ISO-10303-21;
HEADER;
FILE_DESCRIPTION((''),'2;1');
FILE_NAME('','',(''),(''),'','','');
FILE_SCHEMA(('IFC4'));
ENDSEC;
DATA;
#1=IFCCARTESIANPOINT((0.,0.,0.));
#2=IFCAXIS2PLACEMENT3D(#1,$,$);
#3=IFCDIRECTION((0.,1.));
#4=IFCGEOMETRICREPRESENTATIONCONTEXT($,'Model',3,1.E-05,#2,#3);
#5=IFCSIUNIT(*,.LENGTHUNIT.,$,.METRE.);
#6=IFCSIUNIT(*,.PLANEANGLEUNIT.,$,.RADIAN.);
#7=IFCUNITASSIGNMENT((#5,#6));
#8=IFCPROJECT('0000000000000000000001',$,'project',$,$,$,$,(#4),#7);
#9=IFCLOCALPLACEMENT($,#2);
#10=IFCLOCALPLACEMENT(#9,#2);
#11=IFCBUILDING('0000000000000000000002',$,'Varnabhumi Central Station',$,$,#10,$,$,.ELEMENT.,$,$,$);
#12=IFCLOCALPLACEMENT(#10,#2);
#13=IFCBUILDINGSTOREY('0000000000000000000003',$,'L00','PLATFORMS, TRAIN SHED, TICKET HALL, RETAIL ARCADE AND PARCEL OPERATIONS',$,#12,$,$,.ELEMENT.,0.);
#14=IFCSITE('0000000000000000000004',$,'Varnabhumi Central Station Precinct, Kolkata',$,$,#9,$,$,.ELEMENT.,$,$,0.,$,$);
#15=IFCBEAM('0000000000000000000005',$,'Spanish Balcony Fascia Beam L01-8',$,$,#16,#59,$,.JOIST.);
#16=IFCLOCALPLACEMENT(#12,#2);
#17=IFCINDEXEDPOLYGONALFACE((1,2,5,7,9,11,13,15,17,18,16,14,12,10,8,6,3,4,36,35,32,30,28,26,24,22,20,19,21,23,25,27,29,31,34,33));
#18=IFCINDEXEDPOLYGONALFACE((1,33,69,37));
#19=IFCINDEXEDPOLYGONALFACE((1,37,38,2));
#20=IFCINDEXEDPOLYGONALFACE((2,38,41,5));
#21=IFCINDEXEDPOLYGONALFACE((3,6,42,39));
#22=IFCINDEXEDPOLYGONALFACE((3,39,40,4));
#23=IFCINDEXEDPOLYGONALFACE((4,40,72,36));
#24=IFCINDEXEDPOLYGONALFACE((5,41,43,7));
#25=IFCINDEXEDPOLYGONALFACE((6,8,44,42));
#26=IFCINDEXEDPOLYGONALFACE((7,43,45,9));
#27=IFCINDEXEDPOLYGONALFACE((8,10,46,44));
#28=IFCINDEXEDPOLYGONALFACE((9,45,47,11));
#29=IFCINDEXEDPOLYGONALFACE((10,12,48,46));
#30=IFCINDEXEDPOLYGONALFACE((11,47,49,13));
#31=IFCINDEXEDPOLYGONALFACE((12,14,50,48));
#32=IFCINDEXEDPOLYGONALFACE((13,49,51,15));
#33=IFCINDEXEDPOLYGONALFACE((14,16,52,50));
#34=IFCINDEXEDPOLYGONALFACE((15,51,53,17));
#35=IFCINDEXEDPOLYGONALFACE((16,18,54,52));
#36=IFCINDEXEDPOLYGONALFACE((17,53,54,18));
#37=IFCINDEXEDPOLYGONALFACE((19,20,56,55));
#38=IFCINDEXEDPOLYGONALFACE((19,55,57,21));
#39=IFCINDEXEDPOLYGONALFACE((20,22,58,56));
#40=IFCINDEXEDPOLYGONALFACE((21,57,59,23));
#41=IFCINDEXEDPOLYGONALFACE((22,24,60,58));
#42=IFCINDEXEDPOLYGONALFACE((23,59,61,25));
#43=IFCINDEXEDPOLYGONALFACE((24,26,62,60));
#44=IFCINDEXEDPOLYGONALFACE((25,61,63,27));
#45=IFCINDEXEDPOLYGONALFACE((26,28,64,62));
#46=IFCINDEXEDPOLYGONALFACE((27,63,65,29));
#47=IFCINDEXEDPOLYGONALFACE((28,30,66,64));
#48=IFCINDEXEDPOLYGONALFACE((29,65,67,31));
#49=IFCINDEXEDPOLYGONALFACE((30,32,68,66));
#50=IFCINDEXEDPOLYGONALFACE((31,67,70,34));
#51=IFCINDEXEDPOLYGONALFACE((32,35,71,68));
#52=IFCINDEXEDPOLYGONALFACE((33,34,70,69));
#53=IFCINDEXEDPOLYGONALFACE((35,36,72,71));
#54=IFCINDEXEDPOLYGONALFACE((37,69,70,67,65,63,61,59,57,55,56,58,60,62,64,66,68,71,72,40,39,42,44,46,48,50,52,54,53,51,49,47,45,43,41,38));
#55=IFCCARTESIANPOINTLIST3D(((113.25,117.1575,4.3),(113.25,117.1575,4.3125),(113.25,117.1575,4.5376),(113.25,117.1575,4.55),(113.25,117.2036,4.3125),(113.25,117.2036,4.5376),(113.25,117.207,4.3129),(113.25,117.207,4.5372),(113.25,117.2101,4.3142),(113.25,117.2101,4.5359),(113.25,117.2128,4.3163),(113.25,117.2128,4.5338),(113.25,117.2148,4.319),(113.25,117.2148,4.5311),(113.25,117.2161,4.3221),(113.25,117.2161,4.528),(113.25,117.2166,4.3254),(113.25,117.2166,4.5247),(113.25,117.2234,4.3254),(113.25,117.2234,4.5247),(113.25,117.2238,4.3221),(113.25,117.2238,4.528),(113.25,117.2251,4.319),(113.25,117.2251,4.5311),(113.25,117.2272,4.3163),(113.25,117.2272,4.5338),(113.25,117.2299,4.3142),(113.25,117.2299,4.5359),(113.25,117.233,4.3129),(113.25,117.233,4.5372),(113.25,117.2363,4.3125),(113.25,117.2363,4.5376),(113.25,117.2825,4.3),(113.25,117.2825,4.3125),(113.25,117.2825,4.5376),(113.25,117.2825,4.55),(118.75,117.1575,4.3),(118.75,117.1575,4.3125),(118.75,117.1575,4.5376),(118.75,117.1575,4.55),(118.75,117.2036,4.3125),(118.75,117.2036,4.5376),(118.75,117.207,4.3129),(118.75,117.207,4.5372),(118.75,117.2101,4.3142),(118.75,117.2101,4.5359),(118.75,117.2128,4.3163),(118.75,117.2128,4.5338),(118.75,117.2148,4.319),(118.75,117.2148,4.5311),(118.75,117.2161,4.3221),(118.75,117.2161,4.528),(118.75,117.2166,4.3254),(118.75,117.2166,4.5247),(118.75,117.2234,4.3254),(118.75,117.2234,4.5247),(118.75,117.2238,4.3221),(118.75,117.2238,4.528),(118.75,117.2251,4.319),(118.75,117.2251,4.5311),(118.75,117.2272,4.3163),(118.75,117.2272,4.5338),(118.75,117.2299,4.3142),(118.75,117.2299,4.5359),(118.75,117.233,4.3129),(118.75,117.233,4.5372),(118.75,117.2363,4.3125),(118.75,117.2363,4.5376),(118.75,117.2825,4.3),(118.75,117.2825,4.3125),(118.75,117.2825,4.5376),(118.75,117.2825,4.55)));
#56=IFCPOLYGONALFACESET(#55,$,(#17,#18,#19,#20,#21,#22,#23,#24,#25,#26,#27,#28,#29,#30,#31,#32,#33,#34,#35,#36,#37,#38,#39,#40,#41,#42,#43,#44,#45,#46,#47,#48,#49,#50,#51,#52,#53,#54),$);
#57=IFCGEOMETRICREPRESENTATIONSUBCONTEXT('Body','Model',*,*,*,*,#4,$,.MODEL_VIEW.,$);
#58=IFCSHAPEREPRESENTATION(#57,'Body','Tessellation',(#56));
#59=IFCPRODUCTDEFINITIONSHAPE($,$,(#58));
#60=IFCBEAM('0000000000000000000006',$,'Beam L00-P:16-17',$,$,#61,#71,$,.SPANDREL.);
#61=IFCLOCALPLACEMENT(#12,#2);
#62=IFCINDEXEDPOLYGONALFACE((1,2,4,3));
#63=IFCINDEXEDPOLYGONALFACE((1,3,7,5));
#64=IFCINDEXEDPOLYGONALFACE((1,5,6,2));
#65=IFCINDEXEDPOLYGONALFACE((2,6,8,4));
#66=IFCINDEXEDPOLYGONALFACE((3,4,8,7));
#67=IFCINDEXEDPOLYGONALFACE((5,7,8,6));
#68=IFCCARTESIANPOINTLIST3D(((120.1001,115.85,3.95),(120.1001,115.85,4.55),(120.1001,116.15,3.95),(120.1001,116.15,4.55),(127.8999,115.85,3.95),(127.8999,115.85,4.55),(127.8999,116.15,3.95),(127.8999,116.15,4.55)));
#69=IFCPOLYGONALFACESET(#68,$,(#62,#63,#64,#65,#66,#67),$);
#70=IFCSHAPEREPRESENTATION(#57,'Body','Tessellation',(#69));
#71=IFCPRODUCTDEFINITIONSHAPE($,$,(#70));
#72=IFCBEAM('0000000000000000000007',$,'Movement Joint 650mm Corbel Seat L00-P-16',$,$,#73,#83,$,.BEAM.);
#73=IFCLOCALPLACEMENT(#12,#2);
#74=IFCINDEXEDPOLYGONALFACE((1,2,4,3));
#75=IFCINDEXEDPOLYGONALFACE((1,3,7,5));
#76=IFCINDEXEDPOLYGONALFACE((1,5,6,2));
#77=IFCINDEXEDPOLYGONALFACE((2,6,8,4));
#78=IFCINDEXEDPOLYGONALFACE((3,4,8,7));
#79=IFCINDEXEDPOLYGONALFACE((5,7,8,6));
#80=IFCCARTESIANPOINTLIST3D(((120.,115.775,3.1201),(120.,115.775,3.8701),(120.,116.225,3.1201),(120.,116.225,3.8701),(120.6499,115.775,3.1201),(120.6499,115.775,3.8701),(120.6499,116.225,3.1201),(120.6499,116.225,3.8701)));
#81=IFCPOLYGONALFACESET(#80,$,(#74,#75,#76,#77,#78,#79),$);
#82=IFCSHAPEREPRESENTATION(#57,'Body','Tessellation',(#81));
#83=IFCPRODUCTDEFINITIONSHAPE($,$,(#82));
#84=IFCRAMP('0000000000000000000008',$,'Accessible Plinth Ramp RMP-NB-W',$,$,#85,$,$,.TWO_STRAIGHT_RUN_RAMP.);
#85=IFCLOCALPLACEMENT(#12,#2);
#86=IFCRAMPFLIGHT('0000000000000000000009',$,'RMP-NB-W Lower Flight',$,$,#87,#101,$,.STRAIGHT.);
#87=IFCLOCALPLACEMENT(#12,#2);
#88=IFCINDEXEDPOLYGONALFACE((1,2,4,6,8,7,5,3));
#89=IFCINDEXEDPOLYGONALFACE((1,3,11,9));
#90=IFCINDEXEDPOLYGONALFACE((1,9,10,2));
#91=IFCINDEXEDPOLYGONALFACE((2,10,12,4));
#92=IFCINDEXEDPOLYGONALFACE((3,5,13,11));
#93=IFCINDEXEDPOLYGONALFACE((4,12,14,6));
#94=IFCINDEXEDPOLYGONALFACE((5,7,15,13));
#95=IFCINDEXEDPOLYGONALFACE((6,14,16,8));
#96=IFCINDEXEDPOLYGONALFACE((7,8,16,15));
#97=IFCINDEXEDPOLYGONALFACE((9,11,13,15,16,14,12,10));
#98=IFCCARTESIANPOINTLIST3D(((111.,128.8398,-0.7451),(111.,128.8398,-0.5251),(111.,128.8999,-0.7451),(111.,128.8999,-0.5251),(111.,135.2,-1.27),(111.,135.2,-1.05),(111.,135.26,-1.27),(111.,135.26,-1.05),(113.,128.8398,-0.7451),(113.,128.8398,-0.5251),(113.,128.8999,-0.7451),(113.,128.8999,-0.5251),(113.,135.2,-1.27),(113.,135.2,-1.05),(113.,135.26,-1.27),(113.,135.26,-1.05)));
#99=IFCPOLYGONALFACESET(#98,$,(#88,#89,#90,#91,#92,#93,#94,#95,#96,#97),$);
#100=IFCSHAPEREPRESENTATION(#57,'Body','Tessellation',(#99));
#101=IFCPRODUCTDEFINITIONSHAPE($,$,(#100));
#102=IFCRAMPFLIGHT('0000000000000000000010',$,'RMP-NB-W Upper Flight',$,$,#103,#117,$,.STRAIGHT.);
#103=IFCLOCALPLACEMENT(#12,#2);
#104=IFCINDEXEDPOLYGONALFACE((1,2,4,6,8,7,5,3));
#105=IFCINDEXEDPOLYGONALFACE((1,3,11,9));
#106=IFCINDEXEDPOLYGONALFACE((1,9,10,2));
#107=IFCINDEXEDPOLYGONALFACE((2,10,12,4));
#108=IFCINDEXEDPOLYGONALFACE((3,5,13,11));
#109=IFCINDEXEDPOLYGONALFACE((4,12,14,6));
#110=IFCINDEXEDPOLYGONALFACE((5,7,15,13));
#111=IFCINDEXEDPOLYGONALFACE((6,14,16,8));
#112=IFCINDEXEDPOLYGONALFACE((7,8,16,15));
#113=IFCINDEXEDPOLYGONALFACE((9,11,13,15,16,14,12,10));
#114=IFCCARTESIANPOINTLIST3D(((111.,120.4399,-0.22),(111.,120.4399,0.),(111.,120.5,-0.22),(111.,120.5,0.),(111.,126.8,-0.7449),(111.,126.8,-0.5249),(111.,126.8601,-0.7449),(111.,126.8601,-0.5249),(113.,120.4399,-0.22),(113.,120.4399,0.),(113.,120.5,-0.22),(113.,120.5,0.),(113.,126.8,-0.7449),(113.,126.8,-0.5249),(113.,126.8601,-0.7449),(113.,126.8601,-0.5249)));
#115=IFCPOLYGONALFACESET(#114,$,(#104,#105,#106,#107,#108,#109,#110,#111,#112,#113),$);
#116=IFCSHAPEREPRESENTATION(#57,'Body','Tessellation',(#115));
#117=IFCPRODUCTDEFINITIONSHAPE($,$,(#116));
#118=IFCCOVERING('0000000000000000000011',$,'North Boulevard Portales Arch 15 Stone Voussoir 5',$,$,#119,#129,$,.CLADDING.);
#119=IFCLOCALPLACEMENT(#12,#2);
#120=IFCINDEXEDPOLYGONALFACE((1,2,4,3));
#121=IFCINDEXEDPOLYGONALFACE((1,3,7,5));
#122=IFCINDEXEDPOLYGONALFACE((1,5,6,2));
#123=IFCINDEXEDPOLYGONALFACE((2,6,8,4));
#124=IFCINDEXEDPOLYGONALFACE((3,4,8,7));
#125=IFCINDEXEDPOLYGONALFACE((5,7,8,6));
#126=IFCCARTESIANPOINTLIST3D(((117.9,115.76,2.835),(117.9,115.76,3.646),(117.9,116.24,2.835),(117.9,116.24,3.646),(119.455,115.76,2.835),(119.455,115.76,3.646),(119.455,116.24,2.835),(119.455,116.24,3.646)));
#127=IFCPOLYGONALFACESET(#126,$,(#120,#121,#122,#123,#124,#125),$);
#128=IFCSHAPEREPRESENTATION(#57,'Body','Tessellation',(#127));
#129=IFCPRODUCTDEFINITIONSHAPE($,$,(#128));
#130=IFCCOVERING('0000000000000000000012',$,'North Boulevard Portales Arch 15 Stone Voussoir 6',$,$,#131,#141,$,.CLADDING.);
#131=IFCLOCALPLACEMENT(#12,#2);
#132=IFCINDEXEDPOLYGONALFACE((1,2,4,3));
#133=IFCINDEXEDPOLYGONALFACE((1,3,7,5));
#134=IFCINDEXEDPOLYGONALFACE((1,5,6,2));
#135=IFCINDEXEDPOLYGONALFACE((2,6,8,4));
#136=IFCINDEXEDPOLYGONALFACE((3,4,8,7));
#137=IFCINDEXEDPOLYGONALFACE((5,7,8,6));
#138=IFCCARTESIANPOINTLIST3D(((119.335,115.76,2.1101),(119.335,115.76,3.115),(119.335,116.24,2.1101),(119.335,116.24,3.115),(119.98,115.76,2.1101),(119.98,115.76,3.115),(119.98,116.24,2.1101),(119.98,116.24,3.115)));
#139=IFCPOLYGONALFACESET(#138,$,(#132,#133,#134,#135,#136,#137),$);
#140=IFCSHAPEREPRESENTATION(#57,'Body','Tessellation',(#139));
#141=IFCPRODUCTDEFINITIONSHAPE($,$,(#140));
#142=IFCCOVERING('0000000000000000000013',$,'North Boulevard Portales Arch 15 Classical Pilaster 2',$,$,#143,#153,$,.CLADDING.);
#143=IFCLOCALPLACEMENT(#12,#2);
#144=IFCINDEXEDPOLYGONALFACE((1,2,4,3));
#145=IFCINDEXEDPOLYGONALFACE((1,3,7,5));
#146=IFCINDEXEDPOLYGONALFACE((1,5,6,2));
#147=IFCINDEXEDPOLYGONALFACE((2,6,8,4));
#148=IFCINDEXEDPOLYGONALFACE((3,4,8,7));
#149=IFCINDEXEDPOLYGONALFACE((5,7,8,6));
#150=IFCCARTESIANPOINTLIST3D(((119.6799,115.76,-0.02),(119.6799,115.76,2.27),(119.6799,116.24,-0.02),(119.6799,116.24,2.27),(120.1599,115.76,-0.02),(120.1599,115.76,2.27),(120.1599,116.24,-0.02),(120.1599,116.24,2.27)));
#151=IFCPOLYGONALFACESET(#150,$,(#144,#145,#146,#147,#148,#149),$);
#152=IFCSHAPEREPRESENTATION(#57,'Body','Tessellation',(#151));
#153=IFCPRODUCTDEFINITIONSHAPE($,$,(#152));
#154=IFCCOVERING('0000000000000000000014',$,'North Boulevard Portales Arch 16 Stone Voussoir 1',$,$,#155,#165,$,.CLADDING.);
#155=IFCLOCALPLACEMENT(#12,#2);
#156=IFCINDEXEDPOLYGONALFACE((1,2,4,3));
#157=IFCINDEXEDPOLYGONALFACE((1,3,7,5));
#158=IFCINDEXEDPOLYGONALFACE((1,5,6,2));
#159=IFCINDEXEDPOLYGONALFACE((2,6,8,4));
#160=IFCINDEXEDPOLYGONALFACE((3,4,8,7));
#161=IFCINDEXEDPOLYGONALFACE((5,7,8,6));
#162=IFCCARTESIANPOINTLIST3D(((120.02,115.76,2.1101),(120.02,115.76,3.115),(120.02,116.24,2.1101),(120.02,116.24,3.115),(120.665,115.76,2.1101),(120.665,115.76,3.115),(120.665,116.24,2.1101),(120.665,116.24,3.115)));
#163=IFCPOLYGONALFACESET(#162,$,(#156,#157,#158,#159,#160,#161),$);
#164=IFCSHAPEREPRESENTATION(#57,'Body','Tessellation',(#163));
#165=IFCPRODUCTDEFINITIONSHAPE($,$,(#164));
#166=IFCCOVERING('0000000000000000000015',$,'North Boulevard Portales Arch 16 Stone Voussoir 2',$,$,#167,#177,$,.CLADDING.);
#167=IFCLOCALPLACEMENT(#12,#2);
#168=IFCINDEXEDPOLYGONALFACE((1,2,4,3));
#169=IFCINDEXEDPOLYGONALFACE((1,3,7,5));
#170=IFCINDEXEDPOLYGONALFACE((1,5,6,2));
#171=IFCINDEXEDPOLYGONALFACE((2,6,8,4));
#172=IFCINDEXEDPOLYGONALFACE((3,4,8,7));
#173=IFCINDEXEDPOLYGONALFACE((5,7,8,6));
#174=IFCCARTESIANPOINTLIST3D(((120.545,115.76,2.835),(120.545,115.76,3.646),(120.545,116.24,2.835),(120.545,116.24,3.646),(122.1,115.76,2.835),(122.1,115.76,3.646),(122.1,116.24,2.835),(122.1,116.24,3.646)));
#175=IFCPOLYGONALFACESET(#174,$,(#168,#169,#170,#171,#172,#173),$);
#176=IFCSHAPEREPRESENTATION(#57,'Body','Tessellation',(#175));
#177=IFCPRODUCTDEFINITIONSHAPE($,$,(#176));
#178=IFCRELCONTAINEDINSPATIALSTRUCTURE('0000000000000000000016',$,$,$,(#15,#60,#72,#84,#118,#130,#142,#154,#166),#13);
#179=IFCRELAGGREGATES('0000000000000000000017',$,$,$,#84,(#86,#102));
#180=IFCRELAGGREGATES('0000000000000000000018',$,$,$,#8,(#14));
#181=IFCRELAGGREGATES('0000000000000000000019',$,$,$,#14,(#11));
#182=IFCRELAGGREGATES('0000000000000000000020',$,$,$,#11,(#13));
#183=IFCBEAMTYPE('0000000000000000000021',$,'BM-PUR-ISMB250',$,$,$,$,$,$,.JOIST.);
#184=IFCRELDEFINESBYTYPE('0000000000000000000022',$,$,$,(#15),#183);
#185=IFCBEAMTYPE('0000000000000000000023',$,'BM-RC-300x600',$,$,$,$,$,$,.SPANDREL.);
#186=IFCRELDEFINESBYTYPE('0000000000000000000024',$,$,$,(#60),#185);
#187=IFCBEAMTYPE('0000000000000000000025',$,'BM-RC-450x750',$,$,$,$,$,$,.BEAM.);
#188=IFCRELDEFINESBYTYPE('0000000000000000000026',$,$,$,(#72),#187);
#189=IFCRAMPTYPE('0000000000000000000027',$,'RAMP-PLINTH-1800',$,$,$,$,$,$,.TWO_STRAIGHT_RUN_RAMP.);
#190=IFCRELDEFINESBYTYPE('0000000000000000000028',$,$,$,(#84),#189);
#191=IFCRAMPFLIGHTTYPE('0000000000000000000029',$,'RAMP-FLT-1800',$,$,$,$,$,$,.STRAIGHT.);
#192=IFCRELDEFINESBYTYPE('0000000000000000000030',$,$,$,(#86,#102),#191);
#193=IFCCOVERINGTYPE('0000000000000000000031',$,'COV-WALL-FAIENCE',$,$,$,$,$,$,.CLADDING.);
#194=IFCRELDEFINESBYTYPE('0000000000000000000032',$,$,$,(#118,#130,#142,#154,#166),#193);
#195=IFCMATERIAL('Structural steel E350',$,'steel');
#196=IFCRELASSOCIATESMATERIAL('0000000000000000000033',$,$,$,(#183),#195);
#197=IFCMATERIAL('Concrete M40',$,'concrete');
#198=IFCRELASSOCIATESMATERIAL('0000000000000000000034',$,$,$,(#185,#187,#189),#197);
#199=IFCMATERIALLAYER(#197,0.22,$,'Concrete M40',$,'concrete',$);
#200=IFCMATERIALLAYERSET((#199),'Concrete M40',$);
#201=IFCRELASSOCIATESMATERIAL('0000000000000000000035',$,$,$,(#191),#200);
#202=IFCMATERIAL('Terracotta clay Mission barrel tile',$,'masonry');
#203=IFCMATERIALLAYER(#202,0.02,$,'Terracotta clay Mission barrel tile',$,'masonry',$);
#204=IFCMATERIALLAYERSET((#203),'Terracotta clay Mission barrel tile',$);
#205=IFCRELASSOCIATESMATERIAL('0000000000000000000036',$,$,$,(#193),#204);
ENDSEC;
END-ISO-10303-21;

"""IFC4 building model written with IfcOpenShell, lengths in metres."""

from ifc_helpers import new_model, si_unit, direction, frame, origin, origin_2d, place, context, subcontext, project, spatial, polyline, rectangle, i_section, outline, extrude, material, layer, layer_set, material_profile, profile_set, type_object, element, aggregate, save


model = new_model("IFC4")

# Units and contexts
model_context = context("Model", 3, precision=1e-05, world=origin(), true_north=direction((0.0, 1.0)))
body_context = subcontext(model_context, "Body", "Model", "MODEL_VIEW")
ifc_project = project(units=[si_unit("LENGTHUNIT", "METRE"), si_unit("PLANEANGLEUNIT", "RADIAN")], contexts=[model_context])

# Site, building, storey
site_placement = place(None, origin())
site = spatial("IfcSite", under=ifc_project, at=site_placement, Name="Varnabhumi Central Station Precinct, Kolkata", CompositionType="ELEMENT", RefElevation=0.0)
building_placement = place(site_placement, origin())
building = spatial("IfcBuilding", under=site, at=building_placement, Name="Varnabhumi Central Station", CompositionType="ELEMENT")
storey_placement = place(building_placement, origin())
storey = spatial("IfcBuildingStorey", under=building, at=storey_placement, Name="L00", Description="PLATFORMS, TRAIN SHED, TICKET HALL, RETAIL ARCADE AND PARCEL OPERATIONS", CompositionType="ELEMENT", Elevation=0.0)

# Shared definitions
ifc_material_1 = material(Name="Concrete M40", Category="concrete")

# Shared definitions
ifc_material_2 = material(Name="Structural steel E350", Category="steel")

# Beams
ifc_material_profile_1 = material_profile(ifc_material_2, i_section(OverallWidth=0.125, OverallDepth=0.25, WebThickness=0.0068, FlangeThickness=0.0125, FilletRadius=0.0129, at=origin_2d()), Name="Structural steel E350", Category="steel")
ifc_profile_set_1 = profile_set([ifc_material_profile_1], Name="Structural steel E350")
beam_type_1 = type_object("IfcBeamType", Name="BM-PUR-ISMB250", PredefinedType="JOIST", material=ifc_profile_set_1)
beam_1_placement = place(storey_placement, frame((113.25, 117.22, 4.425), z_axis=(1.0, 0.0, 0.0), x_axis=(0.0, 1.0, 0.0)))
element("IfcBeam", 1, at=beam_1_placement, inside=storey, type_object=beam_type_1, Name="Spanish Balcony Fascia Beam L01-8", PredefinedType="JOIST", context=body_context, shape_type="SweptSolid", body=[
    extrude(i_section(OverallWidth=0.125, OverallDepth=0.25, WebThickness=0.0068, FlangeThickness=0.0125, FilletRadius=0.0129, at=origin_2d()), origin(), (0.0, 0.0, 1.0), 5.5),
])
ifc_material_profile_2 = material_profile(ifc_material_1, rectangle(XDim=0.3, YDim=0.6001, at=origin_2d()), Name="Concrete M40", Category="concrete")
ifc_profile_set_2 = profile_set([ifc_material_profile_2], Name="Concrete M40")
beam_type_2 = type_object("IfcBeamType", Name="BM-RC-300x600", PredefinedType="SPANDREL", material=ifc_profile_set_2)
beam_2_placement = place(storey_placement, frame((120.1001, 116.0, 4.25), z_axis=(1.0, 0.0, 0.0), x_axis=(0.0, 1.0, 0.0)))
element("IfcBeam", 2, at=beam_2_placement, inside=storey, type_object=beam_type_2, Name="Beam L00-P:16-17", PredefinedType="SPANDREL", context=body_context, shape_type="SweptSolid", body=[
    extrude(rectangle(XDim=0.3, YDim=0.6001, at=origin_2d()), origin(), (0.0, 0.0, 1.0), 7.7998),
])
ifc_material_profile_3 = material_profile(ifc_material_1, rectangle(XDim=0.45, YDim=0.75, at=origin_2d()), Name="Concrete M40", Category="concrete")
ifc_profile_set_3 = profile_set([ifc_material_profile_3], Name="Concrete M40")
beam_type_3 = type_object("IfcBeamType", Name="BM-RC-450x750", PredefinedType="BEAM", material=ifc_profile_set_3)
beam_3_placement = place(storey_placement, frame((120.0, 116.0, 3.4951), z_axis=(1.0, 0.0, 0.0), x_axis=(0.0, 1.0, 0.0)))
element("IfcBeam", 3, at=beam_3_placement, inside=storey, type_object=beam_type_3, Name="Movement Joint 650mm Corbel Seat L00-P-16", PredefinedType="BEAM", context=body_context, shape_type="SweptSolid", body=[
    extrude(rectangle(XDim=0.45, YDim=0.75, at=origin_2d()), origin(), (0.0, 0.0, 1.0), 0.6499),
])

# Ramp, ramp flights
ramp_type = type_object("IfcRampType", Name="RAMP-PLINTH-1800", PredefinedType="TWO_STRAIGHT_RUN_RAMP", material=ifc_material_1)
ramp_placement = place(storey_placement, origin())
ramp = element("IfcRamp", 4, at=ramp_placement, inside=storey, type_object=ramp_type, Name="Accessible Plinth Ramp RMP-NB-W", PredefinedType="TWO_STRAIGHT_RUN_RAMP")
ifc_layer_1 = layer(ifc_material_1, 0.22, Name="Concrete M40", Category="concrete")
ifc_layer_set_1 = layer_set([ifc_layer_1], Name="Concrete M40")
ramp_flight_type = type_object("IfcRampFlightType", Name="RAMP-FLT-1800", PredefinedType="STRAIGHT", material=ifc_layer_set_1)
ramp_flight_1_placement = place(storey_placement, frame((112.0, 135.2, -1.05), z_axis=(0.0, 0.0, 1.0), x_axis=(0.0, -1.0, 0.0)))
ramp_flight_1 = element("IfcRampFlight", 5, at=ramp_flight_1_placement, type_object=ramp_flight_type, Name="RMP-NB-W Lower Flight", PredefinedType="STRAIGHT", context=body_context, shape_type="SweptSolid", body=[
    extrude(outline(polyline([(-0.0601, 0.0), (0.0, 0.0), (6.3, 0.5249), (6.3601, 0.5249), (6.3601, 0.3049), (6.3, 0.3049), (0.0, -0.22), (-0.0601, -0.22), (-0.0601, 0.0)])), frame((0.0, 1.0, 0.0), z_axis=(0.0, -1.0, 0.0), x_axis=(1.0, 0.0, 0.0)), (0.0, 0.0, 1.0), 2.0),
])
ramp_flight_2_placement = place(storey_placement, frame((112.0, 126.8, -0.5249), z_axis=(0.0, 0.0, 1.0), x_axis=(0.0, -1.0, 0.0)))
ramp_flight_2 = element("IfcRampFlight", 6, at=ramp_flight_2_placement, type_object=ramp_flight_type, Name="RMP-NB-W Upper Flight", PredefinedType="STRAIGHT", context=body_context, shape_type="SweptSolid", body=[
    extrude(outline(polyline([(-0.0601, 0.0), (0.0, 0.0), (6.3, 0.5249), (6.3601, 0.5249), (6.3601, 0.3049), (6.3, 0.3049), (0.0, -0.22), (-0.0601, -0.22), (-0.0601, 0.0)])), frame((0.0, 1.0, 0.0), z_axis=(0.0, -1.0, 0.0), x_axis=(1.0, 0.0, 0.0)), (0.0, 0.0, 1.0), 2.0),
])
aggregate(ramp, [ramp_flight_1, ramp_flight_2])

# Coverings
ifc_material_3 = material(Name="Terracotta clay Mission barrel tile", Category="masonry")
ifc_layer_2 = layer(ifc_material_3, 0.02, Name="Terracotta clay Mission barrel tile", Category="masonry")
ifc_layer_set_2 = layer_set([ifc_layer_2], Name="Terracotta clay Mission barrel tile")
covering_type = type_object("IfcCoveringType", Name="COV-WALL-FAIENCE", PredefinedType="CLADDING", material=ifc_layer_set_2)
covering_1_placement = place(storey_placement, frame((118.6775, 116.0, 2.835), z_axis=(0.0, 0.0, 1.0), x_axis=(1.0, 0.0, 0.0)))
element("IfcCovering", 7, at=covering_1_placement, inside=storey, type_object=covering_type, Name="North Boulevard Portales Arch 15 Stone Voussoir 5", PredefinedType="CLADDING", context=body_context, shape_type="SweptSolid", body=[
    extrude(rectangle(XDim=1.5549, YDim=0.48, at=origin_2d()), origin(), (0.0, 0.0, 1.0), 0.811),
])
covering_2_placement = place(storey_placement, frame((119.6575, 116.0, 2.1101), z_axis=(0.0, 0.0, 1.0), x_axis=(1.0, 0.0, 0.0)))
element("IfcCovering", 8, at=covering_2_placement, inside=storey, type_object=covering_type, Name="North Boulevard Portales Arch 15 Stone Voussoir 6", PredefinedType="CLADDING", context=body_context, shape_type="SweptSolid", body=[
    extrude(rectangle(XDim=0.645, YDim=0.48, at=origin_2d()), origin(), (0.0, 0.0, 1.0), 1.0049),
])
covering_3_placement = place(storey_placement, frame((119.9199, 116.0, -0.02), z_axis=(0.0, 0.0, 1.0), x_axis=(1.0, 0.0, 0.0)))
element("IfcCovering", 9, at=covering_3_placement, inside=storey, type_object=covering_type, Name="North Boulevard Portales Arch 15 Classical Pilaster 2", PredefinedType="CLADDING", context=body_context, shape_type="SweptSolid", body=[
    extrude(rectangle(XDim=0.48, YDim=0.48, at=origin_2d()), origin(), (0.0, 0.0, 1.0), 2.29),
])
covering_4_placement = place(storey_placement, frame((120.3425, 116.0, 2.1101), z_axis=(0.0, 0.0, 1.0), x_axis=(1.0, 0.0, 0.0)))
element("IfcCovering", 10, at=covering_4_placement, inside=storey, type_object=covering_type, Name="North Boulevard Portales Arch 16 Stone Voussoir 1", PredefinedType="CLADDING", context=body_context, shape_type="SweptSolid", body=[
    extrude(rectangle(XDim=0.645, YDim=0.48, at=origin_2d()), origin(), (0.0, 0.0, 1.0), 1.0049),
])
covering_5_placement = place(storey_placement, frame((121.3225, 116.0, 2.835), z_axis=(0.0, 0.0, 1.0), x_axis=(1.0, 0.0, 0.0)))
element("IfcCovering", 11, at=covering_5_placement, inside=storey, type_object=covering_type, Name="North Boulevard Portales Arch 16 Stone Voussoir 2", PredefinedType="CLADDING", context=body_context, shape_type="SweptSolid", body=[
    extrude(rectangle(XDim=1.5549, YDim=0.48, at=origin_2d()), origin(), (0.0, 0.0, 1.0), 0.811),
])

save(model, "model.ifc")
